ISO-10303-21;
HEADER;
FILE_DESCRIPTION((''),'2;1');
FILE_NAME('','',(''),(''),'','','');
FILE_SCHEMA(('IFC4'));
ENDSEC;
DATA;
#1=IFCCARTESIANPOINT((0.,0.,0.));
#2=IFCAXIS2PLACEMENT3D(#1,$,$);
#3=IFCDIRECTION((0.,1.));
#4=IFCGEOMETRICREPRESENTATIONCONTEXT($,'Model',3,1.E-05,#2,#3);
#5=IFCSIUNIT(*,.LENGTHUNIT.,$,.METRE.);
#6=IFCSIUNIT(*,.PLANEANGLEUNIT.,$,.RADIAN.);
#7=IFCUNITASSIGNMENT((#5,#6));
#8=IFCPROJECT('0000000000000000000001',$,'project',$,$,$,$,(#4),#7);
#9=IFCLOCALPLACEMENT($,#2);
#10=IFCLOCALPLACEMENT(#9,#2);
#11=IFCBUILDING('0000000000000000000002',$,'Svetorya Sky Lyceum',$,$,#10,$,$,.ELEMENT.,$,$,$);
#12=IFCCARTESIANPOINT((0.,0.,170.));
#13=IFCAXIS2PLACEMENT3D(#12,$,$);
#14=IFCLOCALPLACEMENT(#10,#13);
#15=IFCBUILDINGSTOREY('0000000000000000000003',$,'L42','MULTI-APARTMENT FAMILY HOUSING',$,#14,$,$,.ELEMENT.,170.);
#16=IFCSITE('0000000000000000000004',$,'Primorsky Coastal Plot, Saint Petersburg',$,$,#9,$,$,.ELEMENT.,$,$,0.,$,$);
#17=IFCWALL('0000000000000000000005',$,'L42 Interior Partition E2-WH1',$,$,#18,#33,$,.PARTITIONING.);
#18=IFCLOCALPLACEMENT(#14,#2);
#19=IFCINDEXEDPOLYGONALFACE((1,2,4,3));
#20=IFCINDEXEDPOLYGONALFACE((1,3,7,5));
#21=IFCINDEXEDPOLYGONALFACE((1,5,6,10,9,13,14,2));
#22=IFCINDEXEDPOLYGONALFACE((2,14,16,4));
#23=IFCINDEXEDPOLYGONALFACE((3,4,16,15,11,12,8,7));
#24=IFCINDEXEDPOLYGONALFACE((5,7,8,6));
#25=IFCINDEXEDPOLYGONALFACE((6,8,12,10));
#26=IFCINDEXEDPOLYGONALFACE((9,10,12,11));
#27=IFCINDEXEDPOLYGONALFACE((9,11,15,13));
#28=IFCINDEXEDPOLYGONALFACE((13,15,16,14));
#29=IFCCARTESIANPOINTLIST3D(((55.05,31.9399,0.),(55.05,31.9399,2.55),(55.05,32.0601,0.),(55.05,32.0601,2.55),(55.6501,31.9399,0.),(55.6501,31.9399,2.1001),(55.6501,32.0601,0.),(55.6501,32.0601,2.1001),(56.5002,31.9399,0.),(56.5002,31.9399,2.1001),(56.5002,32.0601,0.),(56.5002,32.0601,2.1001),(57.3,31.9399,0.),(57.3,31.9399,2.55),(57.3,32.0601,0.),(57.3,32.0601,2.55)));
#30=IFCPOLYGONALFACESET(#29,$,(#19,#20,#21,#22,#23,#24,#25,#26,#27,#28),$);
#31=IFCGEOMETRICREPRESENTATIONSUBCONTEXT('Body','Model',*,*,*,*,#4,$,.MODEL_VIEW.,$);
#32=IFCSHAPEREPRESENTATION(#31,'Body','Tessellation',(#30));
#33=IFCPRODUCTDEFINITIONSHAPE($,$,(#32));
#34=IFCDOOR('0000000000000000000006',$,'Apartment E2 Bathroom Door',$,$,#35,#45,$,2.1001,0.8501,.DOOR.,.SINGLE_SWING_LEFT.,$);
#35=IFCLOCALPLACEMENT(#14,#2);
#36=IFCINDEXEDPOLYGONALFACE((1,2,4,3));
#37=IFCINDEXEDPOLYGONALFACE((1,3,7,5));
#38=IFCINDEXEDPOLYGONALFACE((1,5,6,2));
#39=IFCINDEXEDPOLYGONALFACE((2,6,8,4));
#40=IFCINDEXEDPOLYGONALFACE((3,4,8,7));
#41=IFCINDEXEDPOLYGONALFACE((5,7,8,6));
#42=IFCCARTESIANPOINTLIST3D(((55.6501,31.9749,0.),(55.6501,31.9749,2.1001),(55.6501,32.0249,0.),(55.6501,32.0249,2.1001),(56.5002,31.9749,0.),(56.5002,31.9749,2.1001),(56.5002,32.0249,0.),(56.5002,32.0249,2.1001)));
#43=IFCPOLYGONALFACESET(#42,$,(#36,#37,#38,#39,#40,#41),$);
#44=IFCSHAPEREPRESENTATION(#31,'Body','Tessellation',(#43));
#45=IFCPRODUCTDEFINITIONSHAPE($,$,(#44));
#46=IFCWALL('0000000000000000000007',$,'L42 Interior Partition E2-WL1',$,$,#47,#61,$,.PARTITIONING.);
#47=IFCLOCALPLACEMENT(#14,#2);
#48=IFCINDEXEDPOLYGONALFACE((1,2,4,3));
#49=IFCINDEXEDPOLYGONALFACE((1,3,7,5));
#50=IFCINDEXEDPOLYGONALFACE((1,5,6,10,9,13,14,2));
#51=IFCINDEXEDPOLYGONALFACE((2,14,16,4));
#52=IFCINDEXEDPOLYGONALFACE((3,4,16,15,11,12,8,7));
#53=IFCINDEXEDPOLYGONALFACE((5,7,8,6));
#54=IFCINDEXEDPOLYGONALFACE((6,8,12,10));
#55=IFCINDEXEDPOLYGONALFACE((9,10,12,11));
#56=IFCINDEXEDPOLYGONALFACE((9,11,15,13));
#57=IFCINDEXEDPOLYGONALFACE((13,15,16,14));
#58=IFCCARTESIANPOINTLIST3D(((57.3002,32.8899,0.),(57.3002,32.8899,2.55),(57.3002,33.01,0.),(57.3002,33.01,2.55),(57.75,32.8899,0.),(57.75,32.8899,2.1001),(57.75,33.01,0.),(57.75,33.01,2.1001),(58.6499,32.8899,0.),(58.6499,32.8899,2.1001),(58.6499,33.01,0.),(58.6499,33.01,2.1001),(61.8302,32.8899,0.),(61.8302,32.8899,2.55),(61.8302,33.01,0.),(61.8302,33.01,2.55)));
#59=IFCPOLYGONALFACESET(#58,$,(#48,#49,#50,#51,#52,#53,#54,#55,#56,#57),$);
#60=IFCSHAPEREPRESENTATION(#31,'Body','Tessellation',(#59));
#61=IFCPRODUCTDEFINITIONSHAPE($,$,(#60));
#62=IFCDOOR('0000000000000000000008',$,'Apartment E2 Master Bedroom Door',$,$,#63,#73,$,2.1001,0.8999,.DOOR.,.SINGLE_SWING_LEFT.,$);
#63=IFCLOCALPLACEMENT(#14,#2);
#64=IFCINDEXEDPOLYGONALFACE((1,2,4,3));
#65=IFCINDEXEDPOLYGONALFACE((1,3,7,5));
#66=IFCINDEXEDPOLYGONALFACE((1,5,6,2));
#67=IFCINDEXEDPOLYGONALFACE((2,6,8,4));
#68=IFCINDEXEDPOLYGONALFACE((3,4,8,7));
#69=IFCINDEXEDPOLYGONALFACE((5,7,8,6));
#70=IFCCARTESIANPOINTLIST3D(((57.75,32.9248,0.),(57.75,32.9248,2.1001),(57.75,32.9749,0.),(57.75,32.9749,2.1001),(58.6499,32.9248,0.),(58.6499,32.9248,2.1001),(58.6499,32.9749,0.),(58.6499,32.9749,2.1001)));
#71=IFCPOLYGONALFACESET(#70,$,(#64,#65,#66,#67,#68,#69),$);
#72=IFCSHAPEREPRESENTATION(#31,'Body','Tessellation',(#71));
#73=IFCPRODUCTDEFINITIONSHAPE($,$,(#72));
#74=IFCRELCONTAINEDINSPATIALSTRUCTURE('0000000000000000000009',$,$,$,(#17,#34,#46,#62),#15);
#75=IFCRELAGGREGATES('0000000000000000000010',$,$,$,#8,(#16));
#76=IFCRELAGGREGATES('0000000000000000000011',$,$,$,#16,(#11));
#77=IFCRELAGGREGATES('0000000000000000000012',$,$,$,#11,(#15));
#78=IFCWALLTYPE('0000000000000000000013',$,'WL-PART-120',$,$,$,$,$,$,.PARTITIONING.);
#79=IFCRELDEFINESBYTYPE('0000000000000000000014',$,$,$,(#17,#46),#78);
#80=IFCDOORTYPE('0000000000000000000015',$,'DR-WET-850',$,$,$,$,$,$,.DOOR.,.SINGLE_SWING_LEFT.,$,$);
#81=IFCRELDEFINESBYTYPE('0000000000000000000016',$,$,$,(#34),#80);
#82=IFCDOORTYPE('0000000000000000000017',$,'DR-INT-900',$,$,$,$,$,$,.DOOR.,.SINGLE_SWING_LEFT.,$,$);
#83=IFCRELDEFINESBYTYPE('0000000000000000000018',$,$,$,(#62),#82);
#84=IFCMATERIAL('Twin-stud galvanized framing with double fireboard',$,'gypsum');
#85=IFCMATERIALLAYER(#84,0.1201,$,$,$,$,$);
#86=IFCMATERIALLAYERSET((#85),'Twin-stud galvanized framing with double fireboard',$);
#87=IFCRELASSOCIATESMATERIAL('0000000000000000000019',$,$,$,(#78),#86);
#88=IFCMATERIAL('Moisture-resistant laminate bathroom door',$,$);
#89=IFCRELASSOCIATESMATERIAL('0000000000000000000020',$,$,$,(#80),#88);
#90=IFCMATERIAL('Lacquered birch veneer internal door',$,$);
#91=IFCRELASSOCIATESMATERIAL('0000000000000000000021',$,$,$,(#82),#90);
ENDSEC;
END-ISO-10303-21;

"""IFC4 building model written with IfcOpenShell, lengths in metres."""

from ifc_helpers import new_model, si_unit, direction, frame, frame_2d, origin, place, context, subcontext, project, spatial, rectangle, extrude, material, layer, layer_set, type_object, element, fill, save


model = new_model("IFC4")

# Units and contexts
model_context = context("Model", 3, precision=1e-05, world=origin(), true_north=direction((0.0, 1.0)))
body_context = subcontext(model_context, "Body", "Model", "MODEL_VIEW")
ifc_project = project(units=[si_unit("LENGTHUNIT", "METRE"), si_unit("PLANEANGLEUNIT", "RADIAN")], contexts=[model_context])

# Site, building, storey
site_placement = place(None, origin())
site = spatial("IfcSite", under=ifc_project, at=site_placement, Name="Primorsky Coastal Plot, Saint Petersburg", CompositionType="ELEMENT", RefElevation=0.0)
building_placement = place(site_placement, origin())
building = spatial("IfcBuilding", under=site, at=building_placement, Name="Svetorya Sky Lyceum", CompositionType="ELEMENT")
storey_placement = place(building_placement, frame((0.0, 0.0, 170.0)))
storey = spatial("IfcBuildingStorey", under=building, at=storey_placement, Name="L42", Description="MULTI-APARTMENT FAMILY HOUSING", CompositionType="ELEMENT", Elevation=170.0)

# Walls, openings, doors
ifc_material_1 = material(Name="Twin-stud galvanized framing with double fireboard", Category="gypsum")
ifc_layer_1 = layer(ifc_material_1, 0.1201)
ifc_layer_set_1 = layer_set([ifc_layer_1], Name="Twin-stud galvanized framing with double fireboard")
wall_type_1 = type_object("IfcWallType", Name="WL-PART-120", PredefinedType="PARTITIONING", material=ifc_layer_set_1)
wall_1_placement = place(storey_placement, frame((55.05, 32.0, 0.0), z_axis=(0.0, 0.0, 1.0), x_axis=(1.0, 0.0, 0.0)))
wall_1 = element("IfcWall", 1, at=wall_1_placement, inside=storey, type_object=wall_type_1, Name="L42 Interior Partition E2-WH1", PredefinedType="PARTITIONING", context=body_context, shape_type="SweptSolid", body=[
    extrude(rectangle(XDim=2.25, YDim=0.1201, at=frame_2d((1.125, 0.0))), origin(), (0.0, 0.0, 1.0), 2.55),
])
opening_1_placement = place(wall_1_placement, frame((0.6001, 0.0, 0.0)))
opening_1 = element("IfcOpeningElement", 2, at=opening_1_placement, cuts=wall_1, PredefinedType="OPENING", context=body_context, shape_type="SweptSolid", body=[
    extrude(rectangle(XDim=0.8501, YDim=2.1001, at=frame_2d((0.425, 1.05))), frame((0.0, 0.0701, 0.0), z_axis=(0.0, -1.0, 0.0), x_axis=(1.0, 0.0, 0.0)), (0.0, 0.0, 1.0), 0.1401),
])
ifc_material_2 = material(Name="Moisture-resistant laminate bathroom door")
door_type_1 = type_object("IfcDoorType", Name="DR-WET-850", OperationType="SINGLE_SWING_LEFT", PredefinedType="DOOR", material=ifc_material_2)
door_1_placement = place(opening_1_placement, origin())
door_1 = element("IfcDoor", 3, at=door_1_placement, inside=storey, type_object=door_type_1, Name="Apartment E2 Bathroom Door", OperationType="SINGLE_SWING_LEFT", OverallHeight=2.1001, OverallWidth=0.8501, PredefinedType="DOOR", context=body_context, shape_type="SweptSolid", body=[
    extrude(rectangle(XDim=0.8501, YDim=2.1001, at=frame_2d((0.425, 1.05))), frame((0.0, 0.0249, 0.0), z_axis=(0.0, -1.0, 0.0), x_axis=(1.0, 0.0, 0.0)), (0.0, 0.0, 1.0), 0.05),
])
fill(opening_1, door_1)
wall_2_placement = place(storey_placement, frame((57.3, 32.95, 0.0), z_axis=(0.0, 0.0, 1.0), x_axis=(1.0, 0.0, 0.0)))
wall_2 = element("IfcWall", 4, at=wall_2_placement, inside=storey, type_object=wall_type_1, Name="L42 Interior Partition E2-WL1", PredefinedType="PARTITIONING", context=body_context, shape_type="SweptSolid", body=[
    extrude(rectangle(XDim=4.53, YDim=0.1201, at=frame_2d((2.2651, 0.0))), origin(), (0.0, 0.0, 1.0), 2.55),
])
opening_2_placement = place(wall_2_placement, frame((0.45, 0.0, 0.0)))
opening_2 = element("IfcOpeningElement", 5, at=opening_2_placement, cuts=wall_2, PredefinedType="OPENING", context=body_context, shape_type="SweptSolid", body=[
    extrude(rectangle(XDim=0.8999, YDim=2.1001, at=frame_2d((0.45, 1.05))), frame((0.0, 0.0701, 0.0), z_axis=(0.0, -1.0, 0.0), x_axis=(1.0, 0.0, 0.0)), (0.0, 0.0, 1.0), 0.1401),
])
ifc_material_3 = material(Name="Lacquered birch veneer internal door")
door_type_2 = type_object("IfcDoorType", Name="DR-INT-900", OperationType="SINGLE_SWING_LEFT", PredefinedType="DOOR", material=ifc_material_3)
door_2_placement = place(opening_2_placement, origin())
door_2 = element("IfcDoor", 6, at=door_2_placement, inside=storey, type_object=door_type_2, Name="Apartment E2 Master Bedroom Door", OperationType="SINGLE_SWING_LEFT", OverallHeight=2.1001, OverallWidth=0.8999, PredefinedType="DOOR", context=body_context, shape_type="SweptSolid", body=[
    extrude(rectangle(XDim=0.8999, YDim=2.1001, at=frame_2d((0.45, 1.05))), frame((0.0, 0.0249, 0.0), z_axis=(0.0, -1.0, 0.0), x_axis=(1.0, 0.0, 0.0)), (0.0, 0.0, 1.0), 0.05),
])
fill(opening_2, door_2)

save(model, "model.ifc")
